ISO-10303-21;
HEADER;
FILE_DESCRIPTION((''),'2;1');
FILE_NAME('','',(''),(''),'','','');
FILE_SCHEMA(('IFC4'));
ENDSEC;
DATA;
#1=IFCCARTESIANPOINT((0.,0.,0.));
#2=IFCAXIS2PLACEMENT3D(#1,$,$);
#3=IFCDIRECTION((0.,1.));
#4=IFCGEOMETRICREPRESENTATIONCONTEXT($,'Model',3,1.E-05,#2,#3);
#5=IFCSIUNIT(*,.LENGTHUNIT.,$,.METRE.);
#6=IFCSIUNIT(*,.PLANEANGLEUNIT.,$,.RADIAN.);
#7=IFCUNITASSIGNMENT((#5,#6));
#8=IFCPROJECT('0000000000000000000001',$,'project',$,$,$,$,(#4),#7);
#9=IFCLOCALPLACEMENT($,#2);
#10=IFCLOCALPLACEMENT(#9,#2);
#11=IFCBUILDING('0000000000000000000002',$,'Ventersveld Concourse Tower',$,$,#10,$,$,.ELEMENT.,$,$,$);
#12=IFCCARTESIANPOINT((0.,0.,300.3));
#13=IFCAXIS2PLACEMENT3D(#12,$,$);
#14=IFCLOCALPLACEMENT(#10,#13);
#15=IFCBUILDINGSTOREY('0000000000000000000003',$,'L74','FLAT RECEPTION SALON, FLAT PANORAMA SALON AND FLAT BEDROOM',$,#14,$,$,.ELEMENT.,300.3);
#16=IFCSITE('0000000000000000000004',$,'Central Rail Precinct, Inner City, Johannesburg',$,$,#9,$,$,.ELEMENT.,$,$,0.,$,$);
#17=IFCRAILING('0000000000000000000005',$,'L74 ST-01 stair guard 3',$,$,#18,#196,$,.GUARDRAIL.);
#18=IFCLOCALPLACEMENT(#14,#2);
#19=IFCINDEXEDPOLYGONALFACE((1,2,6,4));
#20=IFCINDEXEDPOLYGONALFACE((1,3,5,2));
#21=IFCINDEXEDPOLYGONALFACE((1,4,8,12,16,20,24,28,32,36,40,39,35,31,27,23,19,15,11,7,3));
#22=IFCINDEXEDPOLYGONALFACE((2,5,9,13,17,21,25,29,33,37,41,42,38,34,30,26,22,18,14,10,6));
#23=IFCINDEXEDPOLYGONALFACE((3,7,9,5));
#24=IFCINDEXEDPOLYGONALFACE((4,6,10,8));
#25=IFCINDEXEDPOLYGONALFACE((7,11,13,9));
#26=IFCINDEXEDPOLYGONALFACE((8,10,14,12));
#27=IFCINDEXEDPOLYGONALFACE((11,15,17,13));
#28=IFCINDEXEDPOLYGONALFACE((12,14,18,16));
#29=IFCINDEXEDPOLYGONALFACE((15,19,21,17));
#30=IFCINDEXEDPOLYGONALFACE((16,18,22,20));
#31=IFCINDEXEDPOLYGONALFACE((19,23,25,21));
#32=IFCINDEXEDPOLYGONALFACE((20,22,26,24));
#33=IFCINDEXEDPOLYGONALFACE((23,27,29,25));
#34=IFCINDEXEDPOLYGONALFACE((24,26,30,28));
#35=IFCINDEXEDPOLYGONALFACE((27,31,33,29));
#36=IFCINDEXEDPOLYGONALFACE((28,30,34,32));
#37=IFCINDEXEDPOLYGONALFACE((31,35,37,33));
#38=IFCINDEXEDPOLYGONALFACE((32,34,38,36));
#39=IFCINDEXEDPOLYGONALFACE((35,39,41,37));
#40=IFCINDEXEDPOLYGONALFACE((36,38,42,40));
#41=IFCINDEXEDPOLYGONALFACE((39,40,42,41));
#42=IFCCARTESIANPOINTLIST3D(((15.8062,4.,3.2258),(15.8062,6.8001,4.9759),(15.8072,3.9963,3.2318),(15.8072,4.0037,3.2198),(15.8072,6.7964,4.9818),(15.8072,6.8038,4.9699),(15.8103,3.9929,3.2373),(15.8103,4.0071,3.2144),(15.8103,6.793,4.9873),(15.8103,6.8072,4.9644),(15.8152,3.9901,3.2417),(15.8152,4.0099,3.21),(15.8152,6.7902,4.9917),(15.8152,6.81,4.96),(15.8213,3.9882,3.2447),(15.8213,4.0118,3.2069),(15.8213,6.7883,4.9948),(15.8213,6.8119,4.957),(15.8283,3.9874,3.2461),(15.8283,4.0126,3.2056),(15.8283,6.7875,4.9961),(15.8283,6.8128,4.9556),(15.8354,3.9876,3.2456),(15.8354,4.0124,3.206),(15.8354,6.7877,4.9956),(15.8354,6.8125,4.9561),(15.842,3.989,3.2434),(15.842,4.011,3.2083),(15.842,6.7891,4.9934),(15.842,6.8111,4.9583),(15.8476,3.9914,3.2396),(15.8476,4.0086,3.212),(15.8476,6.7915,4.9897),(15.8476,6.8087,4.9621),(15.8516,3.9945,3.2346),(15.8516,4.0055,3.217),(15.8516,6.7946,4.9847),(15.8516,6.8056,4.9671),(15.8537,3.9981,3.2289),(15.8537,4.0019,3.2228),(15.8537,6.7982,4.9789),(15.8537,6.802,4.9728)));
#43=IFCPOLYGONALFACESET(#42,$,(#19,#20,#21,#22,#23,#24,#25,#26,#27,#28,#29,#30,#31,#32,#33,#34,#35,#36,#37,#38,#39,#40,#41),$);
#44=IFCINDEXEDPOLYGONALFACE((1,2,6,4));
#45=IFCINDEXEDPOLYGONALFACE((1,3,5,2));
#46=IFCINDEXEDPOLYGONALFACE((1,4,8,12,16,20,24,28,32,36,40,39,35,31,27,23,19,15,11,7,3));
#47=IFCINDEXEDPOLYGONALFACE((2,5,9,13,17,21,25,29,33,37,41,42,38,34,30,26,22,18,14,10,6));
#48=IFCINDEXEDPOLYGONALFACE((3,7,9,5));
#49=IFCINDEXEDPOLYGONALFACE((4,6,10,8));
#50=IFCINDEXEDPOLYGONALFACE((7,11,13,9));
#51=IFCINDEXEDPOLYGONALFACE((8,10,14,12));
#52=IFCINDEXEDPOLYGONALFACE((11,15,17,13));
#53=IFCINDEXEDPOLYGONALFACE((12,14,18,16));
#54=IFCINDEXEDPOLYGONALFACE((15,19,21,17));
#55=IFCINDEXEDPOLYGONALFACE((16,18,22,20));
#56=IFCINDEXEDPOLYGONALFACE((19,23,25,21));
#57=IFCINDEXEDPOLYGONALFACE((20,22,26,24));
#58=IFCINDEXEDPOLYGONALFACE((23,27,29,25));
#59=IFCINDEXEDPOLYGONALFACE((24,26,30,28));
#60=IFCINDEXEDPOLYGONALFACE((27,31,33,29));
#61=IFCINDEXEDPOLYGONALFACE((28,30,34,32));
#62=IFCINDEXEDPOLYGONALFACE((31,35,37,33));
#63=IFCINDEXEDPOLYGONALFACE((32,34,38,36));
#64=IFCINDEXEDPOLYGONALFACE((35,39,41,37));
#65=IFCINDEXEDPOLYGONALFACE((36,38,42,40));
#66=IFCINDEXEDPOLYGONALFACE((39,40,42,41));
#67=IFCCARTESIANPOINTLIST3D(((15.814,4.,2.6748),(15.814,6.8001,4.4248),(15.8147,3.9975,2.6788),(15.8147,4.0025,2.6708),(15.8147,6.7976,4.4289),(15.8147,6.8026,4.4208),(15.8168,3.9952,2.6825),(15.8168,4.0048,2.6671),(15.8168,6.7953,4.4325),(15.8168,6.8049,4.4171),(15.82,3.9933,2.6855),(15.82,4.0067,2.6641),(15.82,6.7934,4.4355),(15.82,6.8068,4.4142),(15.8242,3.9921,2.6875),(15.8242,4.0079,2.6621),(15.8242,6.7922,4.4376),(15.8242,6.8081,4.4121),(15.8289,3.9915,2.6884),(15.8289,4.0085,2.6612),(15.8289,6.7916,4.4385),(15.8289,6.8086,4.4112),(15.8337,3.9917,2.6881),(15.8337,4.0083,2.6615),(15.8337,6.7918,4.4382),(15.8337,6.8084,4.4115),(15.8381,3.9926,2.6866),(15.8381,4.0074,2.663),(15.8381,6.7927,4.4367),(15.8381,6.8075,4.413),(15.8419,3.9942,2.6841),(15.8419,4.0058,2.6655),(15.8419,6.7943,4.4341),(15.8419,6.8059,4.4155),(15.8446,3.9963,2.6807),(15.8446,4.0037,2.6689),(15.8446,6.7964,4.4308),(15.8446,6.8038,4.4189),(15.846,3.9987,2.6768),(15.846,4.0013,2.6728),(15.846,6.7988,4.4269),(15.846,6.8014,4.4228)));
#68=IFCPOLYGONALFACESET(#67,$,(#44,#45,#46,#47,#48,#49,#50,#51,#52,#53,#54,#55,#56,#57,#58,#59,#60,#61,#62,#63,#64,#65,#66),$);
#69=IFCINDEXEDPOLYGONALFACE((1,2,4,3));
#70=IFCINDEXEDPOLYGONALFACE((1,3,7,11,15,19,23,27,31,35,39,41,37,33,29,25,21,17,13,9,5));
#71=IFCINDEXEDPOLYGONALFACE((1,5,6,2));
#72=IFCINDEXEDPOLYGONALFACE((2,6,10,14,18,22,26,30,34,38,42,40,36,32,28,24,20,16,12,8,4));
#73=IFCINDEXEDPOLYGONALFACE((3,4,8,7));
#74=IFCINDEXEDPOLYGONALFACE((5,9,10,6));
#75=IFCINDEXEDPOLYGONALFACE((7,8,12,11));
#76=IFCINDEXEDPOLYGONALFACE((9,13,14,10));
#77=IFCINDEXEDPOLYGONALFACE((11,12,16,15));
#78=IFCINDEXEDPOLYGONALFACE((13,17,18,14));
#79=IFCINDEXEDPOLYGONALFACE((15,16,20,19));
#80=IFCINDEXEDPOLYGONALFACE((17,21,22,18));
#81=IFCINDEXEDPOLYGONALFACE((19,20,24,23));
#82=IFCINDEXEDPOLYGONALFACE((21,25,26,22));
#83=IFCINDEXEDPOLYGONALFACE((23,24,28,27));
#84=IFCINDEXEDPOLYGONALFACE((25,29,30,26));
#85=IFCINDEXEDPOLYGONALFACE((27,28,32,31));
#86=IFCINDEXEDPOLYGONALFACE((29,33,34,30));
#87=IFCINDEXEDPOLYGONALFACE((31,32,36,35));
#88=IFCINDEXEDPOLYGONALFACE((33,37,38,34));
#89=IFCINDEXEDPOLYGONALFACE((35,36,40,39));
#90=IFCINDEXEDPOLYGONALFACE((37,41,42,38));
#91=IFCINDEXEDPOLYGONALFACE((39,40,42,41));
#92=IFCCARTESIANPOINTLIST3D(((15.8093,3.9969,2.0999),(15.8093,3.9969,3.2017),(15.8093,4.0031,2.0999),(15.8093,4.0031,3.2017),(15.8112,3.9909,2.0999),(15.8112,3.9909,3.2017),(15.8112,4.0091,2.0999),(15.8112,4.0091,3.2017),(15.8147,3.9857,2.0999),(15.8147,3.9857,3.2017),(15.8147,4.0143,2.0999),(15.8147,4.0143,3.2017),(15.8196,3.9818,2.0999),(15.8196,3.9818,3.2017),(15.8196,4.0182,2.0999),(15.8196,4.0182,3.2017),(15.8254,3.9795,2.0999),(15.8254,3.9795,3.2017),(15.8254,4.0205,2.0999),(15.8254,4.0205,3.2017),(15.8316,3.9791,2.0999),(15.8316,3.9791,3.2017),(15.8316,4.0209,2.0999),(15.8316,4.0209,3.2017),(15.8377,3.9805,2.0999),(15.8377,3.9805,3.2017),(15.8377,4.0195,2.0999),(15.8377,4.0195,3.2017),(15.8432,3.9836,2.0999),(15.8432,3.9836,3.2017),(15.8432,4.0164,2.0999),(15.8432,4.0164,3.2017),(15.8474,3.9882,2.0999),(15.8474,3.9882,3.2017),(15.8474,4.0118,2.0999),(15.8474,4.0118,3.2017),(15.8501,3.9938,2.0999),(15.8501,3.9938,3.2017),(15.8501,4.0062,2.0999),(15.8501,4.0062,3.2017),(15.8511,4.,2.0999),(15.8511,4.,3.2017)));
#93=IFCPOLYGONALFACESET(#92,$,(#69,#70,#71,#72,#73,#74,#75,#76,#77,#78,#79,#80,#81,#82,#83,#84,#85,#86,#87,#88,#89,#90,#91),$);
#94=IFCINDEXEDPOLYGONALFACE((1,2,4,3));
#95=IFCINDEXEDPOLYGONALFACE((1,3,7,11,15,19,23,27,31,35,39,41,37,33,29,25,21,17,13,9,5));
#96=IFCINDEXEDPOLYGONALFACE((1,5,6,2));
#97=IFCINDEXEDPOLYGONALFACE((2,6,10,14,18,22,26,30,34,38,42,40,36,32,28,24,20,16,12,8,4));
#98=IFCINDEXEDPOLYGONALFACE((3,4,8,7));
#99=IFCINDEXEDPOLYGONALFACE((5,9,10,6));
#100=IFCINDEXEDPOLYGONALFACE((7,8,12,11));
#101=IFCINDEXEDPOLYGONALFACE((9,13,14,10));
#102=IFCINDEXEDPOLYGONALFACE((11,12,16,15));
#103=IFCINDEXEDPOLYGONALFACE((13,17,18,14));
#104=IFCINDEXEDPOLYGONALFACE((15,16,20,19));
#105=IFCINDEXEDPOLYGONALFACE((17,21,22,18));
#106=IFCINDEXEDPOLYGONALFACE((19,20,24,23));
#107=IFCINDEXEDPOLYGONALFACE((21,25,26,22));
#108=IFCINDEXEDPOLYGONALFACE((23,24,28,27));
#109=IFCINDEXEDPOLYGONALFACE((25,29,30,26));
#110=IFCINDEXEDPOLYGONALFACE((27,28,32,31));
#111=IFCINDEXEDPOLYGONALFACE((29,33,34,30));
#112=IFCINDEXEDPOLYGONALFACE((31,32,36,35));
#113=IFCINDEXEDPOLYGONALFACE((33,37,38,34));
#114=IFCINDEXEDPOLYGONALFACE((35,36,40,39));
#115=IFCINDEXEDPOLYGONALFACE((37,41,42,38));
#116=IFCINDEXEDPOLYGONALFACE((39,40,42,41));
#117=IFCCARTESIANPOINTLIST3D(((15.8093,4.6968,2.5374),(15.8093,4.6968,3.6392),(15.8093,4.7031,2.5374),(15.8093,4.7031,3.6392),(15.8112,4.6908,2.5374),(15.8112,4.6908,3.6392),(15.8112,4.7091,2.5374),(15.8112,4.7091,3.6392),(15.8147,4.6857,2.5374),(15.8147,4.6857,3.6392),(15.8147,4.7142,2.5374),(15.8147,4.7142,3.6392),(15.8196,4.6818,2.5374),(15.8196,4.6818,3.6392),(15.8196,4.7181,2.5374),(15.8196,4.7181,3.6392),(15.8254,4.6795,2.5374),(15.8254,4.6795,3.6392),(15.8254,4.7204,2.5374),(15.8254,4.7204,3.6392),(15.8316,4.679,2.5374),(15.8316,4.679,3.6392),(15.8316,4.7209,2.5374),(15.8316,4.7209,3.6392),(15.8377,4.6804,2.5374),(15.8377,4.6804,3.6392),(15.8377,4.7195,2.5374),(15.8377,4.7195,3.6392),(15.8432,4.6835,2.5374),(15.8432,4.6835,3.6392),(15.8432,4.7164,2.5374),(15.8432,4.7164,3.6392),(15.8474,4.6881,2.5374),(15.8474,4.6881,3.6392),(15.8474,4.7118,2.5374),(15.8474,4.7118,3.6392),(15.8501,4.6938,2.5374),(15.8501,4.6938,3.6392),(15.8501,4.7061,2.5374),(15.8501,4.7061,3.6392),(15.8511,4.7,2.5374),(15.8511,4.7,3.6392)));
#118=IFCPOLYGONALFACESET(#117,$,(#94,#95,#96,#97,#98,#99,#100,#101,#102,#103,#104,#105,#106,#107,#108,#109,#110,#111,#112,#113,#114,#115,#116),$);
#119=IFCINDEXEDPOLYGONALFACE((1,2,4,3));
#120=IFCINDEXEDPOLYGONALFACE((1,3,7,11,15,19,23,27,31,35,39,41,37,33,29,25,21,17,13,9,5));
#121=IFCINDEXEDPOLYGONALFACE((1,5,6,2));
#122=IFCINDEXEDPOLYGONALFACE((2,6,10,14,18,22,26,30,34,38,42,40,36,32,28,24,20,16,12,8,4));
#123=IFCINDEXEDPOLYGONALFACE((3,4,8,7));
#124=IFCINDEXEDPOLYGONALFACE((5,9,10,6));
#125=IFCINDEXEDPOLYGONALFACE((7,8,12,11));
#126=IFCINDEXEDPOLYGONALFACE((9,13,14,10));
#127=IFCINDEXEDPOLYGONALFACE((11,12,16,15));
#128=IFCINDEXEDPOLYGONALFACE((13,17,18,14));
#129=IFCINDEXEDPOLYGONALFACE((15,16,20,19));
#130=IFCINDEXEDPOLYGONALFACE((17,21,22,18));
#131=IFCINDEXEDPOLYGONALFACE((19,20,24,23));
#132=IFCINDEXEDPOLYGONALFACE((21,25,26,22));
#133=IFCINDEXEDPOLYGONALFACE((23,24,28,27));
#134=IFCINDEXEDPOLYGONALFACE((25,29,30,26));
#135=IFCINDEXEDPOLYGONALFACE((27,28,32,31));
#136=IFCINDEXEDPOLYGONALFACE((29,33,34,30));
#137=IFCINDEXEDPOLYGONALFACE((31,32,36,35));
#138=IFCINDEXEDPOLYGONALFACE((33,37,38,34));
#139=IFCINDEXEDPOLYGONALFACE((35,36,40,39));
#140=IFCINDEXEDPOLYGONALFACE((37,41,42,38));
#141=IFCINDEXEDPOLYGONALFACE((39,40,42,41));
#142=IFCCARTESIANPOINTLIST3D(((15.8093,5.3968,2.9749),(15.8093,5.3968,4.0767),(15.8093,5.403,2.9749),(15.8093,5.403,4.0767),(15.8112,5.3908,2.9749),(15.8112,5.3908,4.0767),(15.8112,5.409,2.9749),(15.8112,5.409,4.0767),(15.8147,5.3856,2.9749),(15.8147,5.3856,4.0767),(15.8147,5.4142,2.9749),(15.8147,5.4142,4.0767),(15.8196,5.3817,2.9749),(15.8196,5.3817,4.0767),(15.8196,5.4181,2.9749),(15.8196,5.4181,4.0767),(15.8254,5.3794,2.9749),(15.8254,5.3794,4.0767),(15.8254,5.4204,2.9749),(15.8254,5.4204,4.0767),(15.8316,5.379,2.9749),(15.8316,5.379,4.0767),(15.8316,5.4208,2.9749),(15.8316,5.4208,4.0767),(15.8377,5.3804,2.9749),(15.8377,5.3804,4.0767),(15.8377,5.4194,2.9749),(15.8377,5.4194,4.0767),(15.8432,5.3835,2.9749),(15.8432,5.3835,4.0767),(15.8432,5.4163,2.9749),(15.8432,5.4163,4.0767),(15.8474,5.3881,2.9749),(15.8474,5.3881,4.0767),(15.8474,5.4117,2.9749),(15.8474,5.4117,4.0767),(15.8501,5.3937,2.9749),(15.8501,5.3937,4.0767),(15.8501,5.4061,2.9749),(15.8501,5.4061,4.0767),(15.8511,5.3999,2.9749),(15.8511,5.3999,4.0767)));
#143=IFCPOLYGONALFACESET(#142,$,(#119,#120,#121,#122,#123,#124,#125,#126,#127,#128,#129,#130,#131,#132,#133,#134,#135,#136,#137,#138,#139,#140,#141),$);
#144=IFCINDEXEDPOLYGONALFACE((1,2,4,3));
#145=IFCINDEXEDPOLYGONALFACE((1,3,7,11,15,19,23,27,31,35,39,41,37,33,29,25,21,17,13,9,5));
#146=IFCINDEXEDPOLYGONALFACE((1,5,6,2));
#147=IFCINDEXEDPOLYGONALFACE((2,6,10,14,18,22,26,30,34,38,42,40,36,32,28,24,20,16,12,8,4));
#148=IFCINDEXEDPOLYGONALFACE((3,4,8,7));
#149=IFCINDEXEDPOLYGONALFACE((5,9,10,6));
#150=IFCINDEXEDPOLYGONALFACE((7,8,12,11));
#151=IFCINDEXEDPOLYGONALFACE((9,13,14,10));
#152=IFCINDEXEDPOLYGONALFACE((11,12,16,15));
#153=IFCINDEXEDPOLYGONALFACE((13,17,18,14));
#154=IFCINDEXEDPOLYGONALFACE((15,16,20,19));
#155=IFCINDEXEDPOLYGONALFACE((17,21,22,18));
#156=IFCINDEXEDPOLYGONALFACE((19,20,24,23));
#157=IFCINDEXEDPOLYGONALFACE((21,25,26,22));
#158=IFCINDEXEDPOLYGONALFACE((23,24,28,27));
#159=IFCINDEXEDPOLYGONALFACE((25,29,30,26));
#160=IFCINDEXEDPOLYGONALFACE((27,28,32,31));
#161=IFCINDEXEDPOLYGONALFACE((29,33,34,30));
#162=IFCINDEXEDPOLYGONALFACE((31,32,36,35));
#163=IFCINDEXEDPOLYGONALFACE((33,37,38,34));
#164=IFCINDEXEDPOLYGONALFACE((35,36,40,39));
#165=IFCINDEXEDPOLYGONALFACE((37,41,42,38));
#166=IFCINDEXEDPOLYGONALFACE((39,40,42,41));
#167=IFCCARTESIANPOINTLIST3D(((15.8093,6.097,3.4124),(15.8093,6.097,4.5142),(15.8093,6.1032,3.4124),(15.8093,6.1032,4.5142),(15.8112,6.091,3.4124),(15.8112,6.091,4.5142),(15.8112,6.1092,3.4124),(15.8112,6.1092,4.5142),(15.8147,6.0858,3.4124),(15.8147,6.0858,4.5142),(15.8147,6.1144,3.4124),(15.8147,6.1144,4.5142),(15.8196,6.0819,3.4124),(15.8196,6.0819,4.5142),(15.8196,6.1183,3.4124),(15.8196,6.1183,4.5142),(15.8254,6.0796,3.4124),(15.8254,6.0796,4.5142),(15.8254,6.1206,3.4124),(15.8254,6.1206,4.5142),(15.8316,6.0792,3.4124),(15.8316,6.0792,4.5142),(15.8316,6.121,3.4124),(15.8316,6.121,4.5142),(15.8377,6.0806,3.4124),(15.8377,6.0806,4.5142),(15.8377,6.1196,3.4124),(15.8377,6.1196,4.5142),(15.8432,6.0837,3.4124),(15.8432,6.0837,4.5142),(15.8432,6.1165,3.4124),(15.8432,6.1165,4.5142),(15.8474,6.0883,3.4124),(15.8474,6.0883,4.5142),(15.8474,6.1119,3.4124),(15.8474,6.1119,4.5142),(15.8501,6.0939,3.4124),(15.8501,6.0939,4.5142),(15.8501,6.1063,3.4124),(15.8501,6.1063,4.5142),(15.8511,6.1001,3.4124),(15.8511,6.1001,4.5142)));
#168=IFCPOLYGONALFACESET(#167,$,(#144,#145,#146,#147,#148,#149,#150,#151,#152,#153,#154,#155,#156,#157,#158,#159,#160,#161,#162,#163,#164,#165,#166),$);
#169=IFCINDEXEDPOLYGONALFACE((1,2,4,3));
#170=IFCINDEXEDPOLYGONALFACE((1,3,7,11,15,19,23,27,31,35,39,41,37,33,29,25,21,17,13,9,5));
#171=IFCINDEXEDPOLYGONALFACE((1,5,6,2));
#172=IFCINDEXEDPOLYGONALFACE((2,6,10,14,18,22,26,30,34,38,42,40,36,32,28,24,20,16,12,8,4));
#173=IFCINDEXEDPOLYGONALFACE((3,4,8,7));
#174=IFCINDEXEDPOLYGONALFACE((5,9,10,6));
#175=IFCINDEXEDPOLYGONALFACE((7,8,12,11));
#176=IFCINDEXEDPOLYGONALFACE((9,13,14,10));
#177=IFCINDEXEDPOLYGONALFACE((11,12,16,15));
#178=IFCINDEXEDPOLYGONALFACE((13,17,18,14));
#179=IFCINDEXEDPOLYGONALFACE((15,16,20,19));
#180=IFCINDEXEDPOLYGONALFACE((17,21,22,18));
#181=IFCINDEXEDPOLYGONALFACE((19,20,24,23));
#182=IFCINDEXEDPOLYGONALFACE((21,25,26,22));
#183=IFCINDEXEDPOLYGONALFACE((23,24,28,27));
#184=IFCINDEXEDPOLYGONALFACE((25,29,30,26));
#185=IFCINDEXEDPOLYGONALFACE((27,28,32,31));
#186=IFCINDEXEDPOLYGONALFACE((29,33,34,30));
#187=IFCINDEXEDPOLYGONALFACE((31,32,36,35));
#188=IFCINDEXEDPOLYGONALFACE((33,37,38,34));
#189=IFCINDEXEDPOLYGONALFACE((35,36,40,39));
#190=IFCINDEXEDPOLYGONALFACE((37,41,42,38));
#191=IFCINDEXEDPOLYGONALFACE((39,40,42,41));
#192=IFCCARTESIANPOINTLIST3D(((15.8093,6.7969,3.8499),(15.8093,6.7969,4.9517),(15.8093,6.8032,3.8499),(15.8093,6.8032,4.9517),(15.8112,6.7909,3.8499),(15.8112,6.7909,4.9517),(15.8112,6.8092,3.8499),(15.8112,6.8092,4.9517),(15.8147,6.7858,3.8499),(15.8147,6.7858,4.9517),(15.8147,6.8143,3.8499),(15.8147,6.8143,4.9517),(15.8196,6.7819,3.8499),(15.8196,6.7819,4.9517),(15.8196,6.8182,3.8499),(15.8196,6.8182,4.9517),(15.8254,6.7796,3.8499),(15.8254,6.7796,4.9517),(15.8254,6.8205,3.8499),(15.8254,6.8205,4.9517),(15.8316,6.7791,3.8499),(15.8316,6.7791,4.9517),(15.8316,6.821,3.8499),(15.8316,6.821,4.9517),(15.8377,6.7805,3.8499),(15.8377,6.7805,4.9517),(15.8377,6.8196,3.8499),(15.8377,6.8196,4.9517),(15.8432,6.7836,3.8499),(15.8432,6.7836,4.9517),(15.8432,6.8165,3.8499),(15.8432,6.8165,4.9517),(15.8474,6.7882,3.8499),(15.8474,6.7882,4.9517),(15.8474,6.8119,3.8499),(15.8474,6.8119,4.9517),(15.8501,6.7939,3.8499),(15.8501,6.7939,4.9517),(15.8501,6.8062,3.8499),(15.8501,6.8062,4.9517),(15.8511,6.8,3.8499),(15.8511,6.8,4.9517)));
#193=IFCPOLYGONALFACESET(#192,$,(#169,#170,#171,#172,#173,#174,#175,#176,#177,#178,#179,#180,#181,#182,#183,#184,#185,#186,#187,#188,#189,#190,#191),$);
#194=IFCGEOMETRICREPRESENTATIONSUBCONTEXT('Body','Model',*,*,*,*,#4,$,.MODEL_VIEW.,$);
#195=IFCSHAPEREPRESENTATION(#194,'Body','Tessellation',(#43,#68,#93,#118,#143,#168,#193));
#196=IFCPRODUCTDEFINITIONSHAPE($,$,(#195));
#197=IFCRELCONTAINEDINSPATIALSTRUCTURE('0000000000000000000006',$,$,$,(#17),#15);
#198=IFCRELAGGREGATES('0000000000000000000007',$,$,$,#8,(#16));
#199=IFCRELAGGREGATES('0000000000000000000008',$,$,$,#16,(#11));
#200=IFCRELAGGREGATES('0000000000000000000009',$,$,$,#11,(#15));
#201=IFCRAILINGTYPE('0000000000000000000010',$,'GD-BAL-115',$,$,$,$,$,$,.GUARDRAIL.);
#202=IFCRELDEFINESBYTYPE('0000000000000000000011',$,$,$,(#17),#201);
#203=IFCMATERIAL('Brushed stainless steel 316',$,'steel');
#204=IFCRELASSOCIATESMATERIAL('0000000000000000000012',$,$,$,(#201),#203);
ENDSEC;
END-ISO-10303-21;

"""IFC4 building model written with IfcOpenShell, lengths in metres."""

from ifc_helpers import new_model, si_unit, direction, frame, origin, origin_2d, place, context, subcontext, project, spatial, circle, extrude, material, type_object, element, save


model = new_model("IFC4")

# Units and contexts
model_context = context("Model", 3, precision=1e-05, world=origin(), true_north=direction((0.0, 1.0)))
body_context = subcontext(model_context, "Body", "Model", "MODEL_VIEW")
ifc_project = project(units=[si_unit("LENGTHUNIT", "METRE"), si_unit("PLANEANGLEUNIT", "RADIAN")], contexts=[model_context])

# Site, building, storey
site_placement = place(None, origin())
site = spatial("IfcSite", under=ifc_project, at=site_placement, Name="Central Rail Precinct, Inner City, Johannesburg", CompositionType="ELEMENT", RefElevation=0.0)
building_placement = place(site_placement, origin())
building = spatial("IfcBuilding", under=site, at=building_placement, Name="Ventersveld Concourse Tower", CompositionType="ELEMENT")
storey_placement = place(building_placement, frame((0.0, 0.0, 300.3)))
storey = spatial("IfcBuildingStorey", under=building, at=storey_placement, Name="L74", Description="FLAT RECEPTION SALON, FLAT PANORAMA SALON AND FLAT BEDROOM", CompositionType="ELEMENT", Elevation=300.3)

# Railing
ifc_material_1 = material(Name="Brushed stainless steel 316", Category="steel")
railing_type_1 = type_object("IfcRailingType", Name="GD-BAL-115", PredefinedType="GUARDRAIL", material=ifc_material_1)
railing_1_placement = place(storey_placement, frame((15.8301, 4.0, 2.0999)))
element("IfcRailing", 1, at=railing_1_placement, inside=storey, type_object=railing_type_1, Name="L74 ST-01 stair guard 3", PredefinedType="GUARDRAIL", context=body_context, shape_type="SweptSolid", body=[
    extrude(circle(Radius=0.0239, at=origin_2d()), frame((0.0, 0.0, 1.126), z_axis=(0.0, 0.848002, 0.529992), x_axis=(-1.0, 0.0, 0.0)), (0.0, 0.0, 1.0), 3.302),
    extrude(circle(Radius=0.0161, at=origin_2d()), frame((0.0, 0.0, 0.575), z_axis=(0.0, 0.848002, 0.529992), x_axis=(-1.0, 0.0, 0.0)), (0.0, 0.0, 1.0), 3.302),
    extrude(circle(Radius=0.021, at=origin_2d()), origin(), (0.0, 0.0, 1.0), 1.1018),
    extrude(circle(Radius=0.021, at=origin_2d()), frame((0.0, 0.7, 0.4375)), (0.0, 0.0, 1.0), 1.1018),
    extrude(circle(Radius=0.021, at=origin_2d()), frame((0.0, 1.3999, 0.875)), (0.0, 0.0, 1.0), 1.1018),
    extrude(circle(Radius=0.021, at=origin_2d()), frame((0.0, 2.1001, 1.3125)), (0.0, 0.0, 1.0), 1.1018),
    extrude(circle(Radius=0.021, at=origin_2d()), frame((0.0, 2.8, 1.75)), (0.0, 0.0, 1.0), 1.1018),
])

save(model, "model.ifc")
